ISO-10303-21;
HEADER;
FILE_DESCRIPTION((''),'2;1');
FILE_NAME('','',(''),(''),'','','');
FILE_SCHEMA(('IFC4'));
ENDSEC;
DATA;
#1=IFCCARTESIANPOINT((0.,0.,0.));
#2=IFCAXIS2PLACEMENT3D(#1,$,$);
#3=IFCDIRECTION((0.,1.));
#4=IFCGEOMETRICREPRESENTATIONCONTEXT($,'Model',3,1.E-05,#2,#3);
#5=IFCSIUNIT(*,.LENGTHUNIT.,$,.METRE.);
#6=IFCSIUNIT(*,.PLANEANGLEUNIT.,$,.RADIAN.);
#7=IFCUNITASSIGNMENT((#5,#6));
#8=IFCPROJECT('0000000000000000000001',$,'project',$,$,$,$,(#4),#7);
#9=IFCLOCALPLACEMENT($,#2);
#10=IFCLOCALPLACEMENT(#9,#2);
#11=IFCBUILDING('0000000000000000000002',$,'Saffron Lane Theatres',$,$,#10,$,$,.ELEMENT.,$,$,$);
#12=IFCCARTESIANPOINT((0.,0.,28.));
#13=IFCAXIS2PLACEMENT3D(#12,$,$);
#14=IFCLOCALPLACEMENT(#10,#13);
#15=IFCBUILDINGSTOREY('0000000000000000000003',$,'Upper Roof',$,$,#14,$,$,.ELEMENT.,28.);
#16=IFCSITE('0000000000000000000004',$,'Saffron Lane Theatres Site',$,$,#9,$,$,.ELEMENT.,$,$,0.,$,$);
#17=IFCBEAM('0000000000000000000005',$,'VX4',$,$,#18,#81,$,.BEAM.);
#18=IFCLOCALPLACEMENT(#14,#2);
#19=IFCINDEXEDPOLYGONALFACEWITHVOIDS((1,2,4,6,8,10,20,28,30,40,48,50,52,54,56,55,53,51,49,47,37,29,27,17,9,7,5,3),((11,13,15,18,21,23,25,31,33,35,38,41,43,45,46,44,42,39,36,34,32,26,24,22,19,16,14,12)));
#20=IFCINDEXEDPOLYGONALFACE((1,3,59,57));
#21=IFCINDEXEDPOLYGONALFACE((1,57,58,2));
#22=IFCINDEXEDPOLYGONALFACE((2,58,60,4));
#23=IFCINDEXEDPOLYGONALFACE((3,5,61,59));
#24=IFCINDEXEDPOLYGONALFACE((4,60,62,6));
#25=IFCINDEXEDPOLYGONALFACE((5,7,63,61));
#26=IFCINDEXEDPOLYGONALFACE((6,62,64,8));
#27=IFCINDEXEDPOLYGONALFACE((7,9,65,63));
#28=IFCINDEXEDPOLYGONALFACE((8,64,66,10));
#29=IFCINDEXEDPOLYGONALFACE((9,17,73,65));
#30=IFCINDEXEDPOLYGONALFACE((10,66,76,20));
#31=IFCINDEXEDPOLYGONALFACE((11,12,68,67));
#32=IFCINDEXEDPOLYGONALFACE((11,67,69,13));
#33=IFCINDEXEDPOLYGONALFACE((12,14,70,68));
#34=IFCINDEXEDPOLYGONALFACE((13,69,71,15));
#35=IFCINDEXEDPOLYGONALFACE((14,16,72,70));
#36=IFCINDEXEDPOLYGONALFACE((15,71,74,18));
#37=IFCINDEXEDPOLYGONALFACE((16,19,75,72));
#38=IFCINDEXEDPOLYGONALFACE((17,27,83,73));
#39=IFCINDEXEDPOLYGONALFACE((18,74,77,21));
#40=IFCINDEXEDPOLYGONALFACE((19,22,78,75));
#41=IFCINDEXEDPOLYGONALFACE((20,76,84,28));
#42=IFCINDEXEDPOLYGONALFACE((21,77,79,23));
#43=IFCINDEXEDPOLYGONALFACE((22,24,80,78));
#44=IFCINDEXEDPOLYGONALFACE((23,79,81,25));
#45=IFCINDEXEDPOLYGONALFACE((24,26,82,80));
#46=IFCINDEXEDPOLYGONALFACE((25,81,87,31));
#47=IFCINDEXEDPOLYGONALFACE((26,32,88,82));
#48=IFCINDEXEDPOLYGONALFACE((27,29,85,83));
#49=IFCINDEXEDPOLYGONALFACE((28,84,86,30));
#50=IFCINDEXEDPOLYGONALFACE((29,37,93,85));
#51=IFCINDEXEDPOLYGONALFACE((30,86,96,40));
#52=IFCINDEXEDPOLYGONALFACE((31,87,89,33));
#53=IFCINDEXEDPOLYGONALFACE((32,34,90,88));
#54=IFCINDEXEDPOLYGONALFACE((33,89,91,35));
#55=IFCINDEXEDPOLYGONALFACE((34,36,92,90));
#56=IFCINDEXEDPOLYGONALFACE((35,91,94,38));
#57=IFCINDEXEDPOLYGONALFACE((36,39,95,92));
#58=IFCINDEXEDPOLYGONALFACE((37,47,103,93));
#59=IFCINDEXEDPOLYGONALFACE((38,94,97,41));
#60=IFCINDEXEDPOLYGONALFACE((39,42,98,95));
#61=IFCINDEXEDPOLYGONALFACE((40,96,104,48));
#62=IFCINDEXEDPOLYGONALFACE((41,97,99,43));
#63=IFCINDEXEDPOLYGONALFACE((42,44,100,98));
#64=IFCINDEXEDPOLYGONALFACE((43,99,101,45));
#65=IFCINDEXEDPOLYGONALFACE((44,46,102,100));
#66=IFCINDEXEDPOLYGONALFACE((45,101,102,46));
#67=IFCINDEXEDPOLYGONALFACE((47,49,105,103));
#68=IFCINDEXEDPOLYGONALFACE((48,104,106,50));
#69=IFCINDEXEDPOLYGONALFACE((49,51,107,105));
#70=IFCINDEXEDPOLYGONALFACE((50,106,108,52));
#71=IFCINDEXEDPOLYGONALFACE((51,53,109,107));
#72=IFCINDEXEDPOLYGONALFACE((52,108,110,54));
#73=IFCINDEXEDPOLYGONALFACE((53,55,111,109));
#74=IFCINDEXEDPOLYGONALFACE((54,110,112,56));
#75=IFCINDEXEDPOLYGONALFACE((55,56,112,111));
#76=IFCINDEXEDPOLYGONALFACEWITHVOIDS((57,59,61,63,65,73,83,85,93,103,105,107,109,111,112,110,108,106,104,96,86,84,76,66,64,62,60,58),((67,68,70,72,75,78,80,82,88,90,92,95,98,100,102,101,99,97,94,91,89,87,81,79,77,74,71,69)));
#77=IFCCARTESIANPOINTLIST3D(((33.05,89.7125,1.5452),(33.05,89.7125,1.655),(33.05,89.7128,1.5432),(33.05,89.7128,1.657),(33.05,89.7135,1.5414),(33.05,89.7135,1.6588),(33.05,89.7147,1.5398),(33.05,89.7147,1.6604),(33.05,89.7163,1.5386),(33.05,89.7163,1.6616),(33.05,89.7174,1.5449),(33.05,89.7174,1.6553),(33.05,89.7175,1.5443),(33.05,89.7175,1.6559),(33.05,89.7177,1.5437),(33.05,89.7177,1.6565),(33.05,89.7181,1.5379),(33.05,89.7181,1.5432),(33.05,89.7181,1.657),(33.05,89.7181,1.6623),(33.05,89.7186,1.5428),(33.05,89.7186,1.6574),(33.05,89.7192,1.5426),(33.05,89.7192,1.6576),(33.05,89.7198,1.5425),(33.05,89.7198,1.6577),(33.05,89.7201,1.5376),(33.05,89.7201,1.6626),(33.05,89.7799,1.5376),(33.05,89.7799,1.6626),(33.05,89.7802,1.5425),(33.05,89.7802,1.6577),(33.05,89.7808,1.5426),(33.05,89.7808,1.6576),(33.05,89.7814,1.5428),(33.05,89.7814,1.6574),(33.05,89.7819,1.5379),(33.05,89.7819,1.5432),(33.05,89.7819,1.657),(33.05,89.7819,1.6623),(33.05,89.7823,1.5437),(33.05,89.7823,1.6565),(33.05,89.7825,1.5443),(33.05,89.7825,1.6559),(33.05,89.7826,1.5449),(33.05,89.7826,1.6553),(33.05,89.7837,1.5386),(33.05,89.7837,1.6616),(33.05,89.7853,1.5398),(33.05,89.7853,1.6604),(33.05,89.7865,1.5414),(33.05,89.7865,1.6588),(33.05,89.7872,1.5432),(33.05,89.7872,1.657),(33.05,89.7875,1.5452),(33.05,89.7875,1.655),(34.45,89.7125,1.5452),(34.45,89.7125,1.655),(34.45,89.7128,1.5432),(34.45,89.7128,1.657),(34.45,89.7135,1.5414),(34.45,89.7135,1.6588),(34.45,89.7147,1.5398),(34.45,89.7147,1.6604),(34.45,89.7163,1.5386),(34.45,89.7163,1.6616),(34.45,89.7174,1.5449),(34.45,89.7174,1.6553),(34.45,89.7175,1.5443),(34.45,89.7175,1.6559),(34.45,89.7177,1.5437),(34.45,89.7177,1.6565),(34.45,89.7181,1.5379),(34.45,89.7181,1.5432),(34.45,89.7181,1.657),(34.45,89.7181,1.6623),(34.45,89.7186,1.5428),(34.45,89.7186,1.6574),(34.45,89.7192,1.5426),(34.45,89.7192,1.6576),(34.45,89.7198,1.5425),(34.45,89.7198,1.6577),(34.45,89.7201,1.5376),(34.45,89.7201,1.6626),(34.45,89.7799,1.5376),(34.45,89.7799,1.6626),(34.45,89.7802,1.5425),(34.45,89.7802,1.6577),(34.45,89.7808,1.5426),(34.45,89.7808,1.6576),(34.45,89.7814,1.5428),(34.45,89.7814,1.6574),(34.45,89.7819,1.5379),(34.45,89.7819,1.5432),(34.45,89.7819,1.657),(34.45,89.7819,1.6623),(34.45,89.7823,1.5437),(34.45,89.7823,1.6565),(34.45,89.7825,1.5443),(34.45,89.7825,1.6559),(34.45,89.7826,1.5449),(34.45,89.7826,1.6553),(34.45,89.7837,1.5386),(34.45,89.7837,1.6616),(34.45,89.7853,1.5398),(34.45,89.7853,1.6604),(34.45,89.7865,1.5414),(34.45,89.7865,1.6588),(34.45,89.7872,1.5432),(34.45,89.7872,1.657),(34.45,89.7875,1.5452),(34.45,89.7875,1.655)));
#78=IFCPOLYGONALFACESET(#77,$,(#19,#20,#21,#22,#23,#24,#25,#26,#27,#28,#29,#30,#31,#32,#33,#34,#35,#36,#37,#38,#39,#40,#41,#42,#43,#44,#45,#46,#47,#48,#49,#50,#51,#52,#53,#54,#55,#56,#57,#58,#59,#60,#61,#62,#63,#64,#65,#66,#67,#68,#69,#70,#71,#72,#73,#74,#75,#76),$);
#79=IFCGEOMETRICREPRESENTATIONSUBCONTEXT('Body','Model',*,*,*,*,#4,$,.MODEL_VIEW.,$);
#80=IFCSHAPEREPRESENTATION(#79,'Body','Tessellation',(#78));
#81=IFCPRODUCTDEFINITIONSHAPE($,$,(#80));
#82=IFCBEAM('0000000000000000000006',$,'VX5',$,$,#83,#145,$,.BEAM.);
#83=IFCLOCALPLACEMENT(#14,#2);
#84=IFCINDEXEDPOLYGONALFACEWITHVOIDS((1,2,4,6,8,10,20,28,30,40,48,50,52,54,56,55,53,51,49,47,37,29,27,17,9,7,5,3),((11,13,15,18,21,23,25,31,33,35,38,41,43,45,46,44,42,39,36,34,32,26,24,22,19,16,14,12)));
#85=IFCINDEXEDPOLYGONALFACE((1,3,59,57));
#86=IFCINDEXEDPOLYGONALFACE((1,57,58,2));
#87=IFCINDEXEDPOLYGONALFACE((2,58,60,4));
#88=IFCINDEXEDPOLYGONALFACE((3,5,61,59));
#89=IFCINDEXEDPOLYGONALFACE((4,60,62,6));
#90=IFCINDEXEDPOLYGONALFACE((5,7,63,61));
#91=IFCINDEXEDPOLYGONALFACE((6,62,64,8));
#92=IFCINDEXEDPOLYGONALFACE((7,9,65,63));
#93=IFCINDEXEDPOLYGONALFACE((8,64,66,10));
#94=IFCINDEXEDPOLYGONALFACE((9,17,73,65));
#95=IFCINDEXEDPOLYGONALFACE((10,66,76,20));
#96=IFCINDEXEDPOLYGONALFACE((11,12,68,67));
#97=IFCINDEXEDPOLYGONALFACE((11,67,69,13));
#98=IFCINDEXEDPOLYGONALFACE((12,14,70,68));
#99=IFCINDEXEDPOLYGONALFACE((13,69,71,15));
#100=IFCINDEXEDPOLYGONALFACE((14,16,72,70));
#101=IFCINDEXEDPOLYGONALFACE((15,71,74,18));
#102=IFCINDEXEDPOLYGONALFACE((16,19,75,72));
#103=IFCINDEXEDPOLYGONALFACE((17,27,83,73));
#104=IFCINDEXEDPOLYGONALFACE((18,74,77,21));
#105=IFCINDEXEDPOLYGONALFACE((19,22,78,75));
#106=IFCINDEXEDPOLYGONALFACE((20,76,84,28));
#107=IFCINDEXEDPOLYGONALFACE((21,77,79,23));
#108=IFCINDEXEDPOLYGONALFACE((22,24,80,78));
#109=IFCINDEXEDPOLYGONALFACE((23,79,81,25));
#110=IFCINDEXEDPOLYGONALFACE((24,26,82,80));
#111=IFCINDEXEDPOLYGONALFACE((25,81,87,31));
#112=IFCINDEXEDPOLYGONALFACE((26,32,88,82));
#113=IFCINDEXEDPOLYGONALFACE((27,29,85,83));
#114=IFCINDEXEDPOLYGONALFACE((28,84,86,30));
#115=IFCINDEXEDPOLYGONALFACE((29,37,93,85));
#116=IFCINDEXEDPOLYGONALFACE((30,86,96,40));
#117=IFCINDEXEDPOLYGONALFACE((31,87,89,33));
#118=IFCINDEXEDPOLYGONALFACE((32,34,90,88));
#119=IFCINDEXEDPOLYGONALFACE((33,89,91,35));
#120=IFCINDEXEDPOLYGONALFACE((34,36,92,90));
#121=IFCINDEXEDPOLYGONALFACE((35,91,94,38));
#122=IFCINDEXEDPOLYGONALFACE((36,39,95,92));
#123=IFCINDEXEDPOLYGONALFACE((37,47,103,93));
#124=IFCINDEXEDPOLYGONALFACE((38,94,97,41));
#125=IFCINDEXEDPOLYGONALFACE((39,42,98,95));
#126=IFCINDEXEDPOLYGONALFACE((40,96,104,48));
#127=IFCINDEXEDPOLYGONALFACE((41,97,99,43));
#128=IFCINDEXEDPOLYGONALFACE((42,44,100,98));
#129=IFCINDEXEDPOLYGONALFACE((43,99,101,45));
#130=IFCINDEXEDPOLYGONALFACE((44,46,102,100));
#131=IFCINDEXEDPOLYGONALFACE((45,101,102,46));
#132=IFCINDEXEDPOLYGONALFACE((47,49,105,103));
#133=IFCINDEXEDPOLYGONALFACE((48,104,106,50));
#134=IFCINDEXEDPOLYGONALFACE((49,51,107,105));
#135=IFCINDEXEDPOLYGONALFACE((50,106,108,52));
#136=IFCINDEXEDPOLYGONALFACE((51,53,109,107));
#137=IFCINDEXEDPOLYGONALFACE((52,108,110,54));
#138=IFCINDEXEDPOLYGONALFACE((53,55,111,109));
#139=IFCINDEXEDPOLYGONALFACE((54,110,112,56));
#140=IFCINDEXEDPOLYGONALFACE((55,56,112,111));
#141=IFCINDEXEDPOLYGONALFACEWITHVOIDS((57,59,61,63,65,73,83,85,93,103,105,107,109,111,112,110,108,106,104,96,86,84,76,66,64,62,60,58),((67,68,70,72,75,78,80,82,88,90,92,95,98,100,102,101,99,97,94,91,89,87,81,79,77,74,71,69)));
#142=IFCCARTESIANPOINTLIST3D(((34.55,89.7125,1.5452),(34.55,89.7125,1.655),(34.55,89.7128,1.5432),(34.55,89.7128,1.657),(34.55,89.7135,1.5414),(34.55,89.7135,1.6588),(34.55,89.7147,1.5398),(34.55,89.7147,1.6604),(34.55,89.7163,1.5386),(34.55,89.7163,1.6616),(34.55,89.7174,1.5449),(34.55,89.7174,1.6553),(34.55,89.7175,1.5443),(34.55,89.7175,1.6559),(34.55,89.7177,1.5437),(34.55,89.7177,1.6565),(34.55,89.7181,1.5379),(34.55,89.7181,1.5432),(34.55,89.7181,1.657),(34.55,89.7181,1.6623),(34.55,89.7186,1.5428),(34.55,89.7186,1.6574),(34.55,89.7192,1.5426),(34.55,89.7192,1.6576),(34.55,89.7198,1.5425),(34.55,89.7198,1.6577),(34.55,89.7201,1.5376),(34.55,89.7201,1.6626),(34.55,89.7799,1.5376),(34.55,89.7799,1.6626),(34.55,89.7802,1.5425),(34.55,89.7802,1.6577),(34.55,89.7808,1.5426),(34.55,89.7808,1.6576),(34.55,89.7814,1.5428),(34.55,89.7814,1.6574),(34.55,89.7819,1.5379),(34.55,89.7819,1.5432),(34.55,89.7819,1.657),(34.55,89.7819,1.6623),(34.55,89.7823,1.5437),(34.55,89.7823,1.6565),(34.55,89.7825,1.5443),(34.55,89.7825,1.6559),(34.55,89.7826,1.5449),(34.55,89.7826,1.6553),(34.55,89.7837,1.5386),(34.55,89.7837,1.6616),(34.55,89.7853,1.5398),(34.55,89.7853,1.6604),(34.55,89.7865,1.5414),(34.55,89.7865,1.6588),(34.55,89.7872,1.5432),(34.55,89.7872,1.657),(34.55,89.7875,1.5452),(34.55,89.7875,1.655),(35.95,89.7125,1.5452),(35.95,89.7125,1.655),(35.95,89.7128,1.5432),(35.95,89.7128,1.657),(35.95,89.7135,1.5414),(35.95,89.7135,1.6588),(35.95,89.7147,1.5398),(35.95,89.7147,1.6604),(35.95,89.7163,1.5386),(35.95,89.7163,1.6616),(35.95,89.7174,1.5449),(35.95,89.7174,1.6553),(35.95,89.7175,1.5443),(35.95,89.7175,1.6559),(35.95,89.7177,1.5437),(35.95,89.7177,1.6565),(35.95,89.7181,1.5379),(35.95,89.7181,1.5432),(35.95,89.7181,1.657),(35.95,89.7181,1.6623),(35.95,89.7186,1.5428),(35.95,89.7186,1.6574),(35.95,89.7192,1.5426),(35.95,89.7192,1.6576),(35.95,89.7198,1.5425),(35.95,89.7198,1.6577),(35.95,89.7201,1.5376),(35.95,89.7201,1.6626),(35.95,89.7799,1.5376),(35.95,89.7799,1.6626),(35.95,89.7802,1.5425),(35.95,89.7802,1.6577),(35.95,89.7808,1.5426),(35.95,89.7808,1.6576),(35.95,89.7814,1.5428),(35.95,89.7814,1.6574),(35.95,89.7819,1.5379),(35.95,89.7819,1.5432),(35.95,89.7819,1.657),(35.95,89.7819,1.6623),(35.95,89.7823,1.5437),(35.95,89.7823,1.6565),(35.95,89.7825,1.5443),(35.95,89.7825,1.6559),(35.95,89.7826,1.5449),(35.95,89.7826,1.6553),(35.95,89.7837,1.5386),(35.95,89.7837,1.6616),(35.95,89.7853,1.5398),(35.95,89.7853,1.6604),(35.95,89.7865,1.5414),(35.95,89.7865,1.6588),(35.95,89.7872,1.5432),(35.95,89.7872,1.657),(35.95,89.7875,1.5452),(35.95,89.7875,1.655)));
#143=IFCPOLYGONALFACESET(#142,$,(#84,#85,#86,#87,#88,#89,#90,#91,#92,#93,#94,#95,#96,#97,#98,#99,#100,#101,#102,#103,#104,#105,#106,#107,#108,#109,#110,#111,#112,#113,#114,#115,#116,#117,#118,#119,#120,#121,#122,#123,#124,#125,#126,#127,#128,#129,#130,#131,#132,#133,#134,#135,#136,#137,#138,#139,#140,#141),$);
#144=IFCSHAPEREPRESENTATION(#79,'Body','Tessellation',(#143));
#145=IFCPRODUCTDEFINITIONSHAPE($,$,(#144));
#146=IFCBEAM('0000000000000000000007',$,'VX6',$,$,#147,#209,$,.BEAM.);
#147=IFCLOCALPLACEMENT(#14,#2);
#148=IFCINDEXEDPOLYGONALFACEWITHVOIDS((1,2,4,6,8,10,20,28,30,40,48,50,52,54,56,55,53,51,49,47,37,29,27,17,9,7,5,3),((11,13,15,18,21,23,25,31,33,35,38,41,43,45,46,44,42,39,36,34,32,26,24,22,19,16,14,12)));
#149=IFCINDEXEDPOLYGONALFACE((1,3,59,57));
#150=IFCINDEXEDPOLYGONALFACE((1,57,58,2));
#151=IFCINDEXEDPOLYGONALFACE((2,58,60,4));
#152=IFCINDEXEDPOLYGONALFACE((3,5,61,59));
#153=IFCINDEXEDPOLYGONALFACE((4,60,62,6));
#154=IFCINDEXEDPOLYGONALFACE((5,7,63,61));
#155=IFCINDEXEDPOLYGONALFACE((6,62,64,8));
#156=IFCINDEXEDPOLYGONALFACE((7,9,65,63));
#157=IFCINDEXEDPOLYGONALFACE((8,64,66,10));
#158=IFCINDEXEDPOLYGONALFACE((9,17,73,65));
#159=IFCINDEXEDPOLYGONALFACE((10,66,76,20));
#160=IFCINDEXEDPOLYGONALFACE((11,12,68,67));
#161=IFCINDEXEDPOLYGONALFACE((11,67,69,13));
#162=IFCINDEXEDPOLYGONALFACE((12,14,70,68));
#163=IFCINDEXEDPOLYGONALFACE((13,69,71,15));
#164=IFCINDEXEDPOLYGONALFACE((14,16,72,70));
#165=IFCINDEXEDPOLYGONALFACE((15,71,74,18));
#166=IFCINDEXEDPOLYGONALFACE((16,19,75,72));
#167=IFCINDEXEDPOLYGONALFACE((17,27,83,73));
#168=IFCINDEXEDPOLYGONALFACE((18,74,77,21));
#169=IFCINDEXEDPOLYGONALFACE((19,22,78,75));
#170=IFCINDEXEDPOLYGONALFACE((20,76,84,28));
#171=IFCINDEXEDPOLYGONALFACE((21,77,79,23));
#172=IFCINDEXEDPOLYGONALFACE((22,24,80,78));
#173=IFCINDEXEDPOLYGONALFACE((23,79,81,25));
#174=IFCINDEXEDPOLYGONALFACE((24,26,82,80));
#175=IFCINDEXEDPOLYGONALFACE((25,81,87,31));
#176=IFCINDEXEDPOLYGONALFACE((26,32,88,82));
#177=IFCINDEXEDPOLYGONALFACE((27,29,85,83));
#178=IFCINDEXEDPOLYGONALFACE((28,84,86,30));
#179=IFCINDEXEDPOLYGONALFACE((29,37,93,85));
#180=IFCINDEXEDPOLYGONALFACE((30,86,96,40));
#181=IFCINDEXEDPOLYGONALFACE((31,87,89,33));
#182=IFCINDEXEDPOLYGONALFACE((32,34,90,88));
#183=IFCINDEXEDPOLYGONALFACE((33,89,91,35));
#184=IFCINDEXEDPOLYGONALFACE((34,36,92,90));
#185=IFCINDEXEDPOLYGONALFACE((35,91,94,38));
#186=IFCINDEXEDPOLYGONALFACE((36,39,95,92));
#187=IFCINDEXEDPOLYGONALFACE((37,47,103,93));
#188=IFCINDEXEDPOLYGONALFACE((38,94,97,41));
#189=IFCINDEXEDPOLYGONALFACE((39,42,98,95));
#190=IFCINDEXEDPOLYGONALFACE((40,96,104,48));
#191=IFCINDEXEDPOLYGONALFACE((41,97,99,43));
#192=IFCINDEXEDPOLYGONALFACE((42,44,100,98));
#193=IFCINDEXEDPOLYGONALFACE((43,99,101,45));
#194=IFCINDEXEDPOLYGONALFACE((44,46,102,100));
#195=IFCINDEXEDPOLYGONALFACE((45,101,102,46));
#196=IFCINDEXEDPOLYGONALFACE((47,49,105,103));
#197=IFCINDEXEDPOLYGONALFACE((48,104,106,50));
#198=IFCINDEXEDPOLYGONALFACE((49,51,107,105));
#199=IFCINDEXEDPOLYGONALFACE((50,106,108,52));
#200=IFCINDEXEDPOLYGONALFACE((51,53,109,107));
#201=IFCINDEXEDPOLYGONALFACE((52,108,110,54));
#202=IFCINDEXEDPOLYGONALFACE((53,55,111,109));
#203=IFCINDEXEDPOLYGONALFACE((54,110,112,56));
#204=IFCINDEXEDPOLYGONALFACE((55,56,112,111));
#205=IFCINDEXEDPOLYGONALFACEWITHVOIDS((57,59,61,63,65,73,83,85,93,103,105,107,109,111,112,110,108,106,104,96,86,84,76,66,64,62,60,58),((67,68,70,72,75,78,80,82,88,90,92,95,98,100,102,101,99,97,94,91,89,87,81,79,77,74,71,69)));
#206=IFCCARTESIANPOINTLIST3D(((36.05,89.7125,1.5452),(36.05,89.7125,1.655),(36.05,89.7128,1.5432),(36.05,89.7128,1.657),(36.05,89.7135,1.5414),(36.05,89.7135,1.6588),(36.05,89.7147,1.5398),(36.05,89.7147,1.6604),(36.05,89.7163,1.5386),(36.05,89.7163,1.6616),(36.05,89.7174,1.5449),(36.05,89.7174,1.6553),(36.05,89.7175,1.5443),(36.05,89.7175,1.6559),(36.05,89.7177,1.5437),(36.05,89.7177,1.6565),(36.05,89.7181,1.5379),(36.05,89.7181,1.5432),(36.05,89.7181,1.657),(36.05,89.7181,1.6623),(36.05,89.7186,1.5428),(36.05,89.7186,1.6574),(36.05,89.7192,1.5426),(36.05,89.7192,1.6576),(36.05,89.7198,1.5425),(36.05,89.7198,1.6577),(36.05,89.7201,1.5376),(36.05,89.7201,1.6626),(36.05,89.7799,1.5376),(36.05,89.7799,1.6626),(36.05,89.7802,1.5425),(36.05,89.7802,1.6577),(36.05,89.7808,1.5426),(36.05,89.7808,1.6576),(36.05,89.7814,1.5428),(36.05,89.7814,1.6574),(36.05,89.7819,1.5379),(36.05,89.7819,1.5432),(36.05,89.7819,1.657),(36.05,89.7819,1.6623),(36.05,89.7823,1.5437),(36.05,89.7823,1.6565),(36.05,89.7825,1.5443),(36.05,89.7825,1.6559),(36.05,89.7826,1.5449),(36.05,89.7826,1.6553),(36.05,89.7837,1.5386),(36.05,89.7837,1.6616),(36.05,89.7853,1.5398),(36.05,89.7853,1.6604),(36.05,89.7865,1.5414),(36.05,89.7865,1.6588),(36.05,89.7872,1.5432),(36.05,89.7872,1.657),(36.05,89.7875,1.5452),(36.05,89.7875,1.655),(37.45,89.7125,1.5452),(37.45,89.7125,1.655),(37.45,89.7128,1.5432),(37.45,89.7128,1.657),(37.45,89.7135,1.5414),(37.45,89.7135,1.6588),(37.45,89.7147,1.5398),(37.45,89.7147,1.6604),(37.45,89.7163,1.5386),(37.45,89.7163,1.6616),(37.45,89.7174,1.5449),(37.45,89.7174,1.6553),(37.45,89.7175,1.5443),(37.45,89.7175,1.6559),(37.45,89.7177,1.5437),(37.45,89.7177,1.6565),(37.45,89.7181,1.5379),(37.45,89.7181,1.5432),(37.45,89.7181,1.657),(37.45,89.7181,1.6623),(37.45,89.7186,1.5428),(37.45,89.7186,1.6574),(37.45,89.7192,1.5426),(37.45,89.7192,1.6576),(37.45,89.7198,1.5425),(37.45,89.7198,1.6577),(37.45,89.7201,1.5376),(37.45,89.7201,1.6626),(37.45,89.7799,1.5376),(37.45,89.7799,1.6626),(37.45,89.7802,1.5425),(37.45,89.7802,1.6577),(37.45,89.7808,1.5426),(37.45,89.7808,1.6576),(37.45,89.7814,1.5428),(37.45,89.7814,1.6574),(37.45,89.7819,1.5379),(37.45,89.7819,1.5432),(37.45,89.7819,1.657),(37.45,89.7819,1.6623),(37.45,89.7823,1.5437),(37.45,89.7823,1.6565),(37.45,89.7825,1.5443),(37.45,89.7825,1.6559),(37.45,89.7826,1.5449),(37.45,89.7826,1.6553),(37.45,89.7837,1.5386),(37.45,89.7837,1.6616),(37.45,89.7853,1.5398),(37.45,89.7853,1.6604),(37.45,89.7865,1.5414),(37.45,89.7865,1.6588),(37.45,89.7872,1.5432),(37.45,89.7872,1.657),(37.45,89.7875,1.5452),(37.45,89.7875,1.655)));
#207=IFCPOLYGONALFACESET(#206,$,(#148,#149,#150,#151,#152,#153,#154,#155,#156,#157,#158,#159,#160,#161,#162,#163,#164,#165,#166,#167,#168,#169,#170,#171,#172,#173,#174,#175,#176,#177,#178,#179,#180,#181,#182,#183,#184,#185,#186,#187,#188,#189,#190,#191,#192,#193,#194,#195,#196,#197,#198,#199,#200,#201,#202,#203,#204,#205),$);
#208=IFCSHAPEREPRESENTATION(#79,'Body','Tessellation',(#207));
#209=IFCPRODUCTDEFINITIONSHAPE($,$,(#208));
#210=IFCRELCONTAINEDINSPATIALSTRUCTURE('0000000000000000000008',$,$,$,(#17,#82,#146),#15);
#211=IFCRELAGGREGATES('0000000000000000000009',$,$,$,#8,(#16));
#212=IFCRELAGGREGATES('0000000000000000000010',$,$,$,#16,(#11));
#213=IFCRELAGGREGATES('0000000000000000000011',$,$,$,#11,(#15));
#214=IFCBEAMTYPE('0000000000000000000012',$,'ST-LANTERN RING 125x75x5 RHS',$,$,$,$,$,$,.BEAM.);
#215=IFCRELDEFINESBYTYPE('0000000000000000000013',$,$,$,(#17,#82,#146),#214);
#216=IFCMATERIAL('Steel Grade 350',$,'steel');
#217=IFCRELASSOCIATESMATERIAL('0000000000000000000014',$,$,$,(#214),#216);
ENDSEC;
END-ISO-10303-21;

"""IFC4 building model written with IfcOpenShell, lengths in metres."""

from ifc_helpers import new_model, si_unit, direction, frame, origin, origin_2d, place, context, subcontext, project, spatial, hollow_rectangle, extrude, material, material_profile, profile_set, type_object, element, save


model = new_model("IFC4")

# Units and contexts
model_context = context("Model", 3, precision=1e-05, world=origin(), true_north=direction((0.0, 1.0)))
body_context = subcontext(model_context, "Body", "Model", "MODEL_VIEW")
ifc_project = project(units=[si_unit("LENGTHUNIT", "METRE"), si_unit("PLANEANGLEUNIT", "RADIAN")], contexts=[model_context])

# Site, building, storey
site_placement = place(None, origin())
site = spatial("IfcSite", under=ifc_project, at=site_placement, Name="Saffron Lane Theatres Site", CompositionType="ELEMENT", RefElevation=0.0)
building_placement = place(site_placement, origin())
building = spatial("IfcBuilding", under=site, at=building_placement, Name="Saffron Lane Theatres", CompositionType="ELEMENT")
storey_placement = place(building_placement, frame((0.0, 0.0, 28.0)))
storey = spatial("IfcBuildingStorey", under=building, at=storey_placement, Name="Upper Roof", CompositionType="ELEMENT", Elevation=28.0)

# Beams
ifc_material_1 = material(Name="Steel Grade 350", Category="steel")
ifc_material_profile_1 = material_profile(ifc_material_1, hollow_rectangle(XDim=0.075, YDim=0.125, WallThickness=0.0049, InnerFilletRadius=0.0024, OuterFilletRadius=0.0076, at=origin_2d()))
ifc_profile_set_1 = profile_set([ifc_material_profile_1], Name="Steel Grade 350")
beam_type_1 = type_object("IfcBeamType", Name="ST-LANTERN RING 125x75x5 RHS", PredefinedType="BEAM", material=ifc_profile_set_1)
for number, where, z_axis, x_axis, name in (
    (1, (33.05, 89.75, 1.6001), (1.0, 0.0, 0.0), (0.0, 1.0, 0.0), "VX4"),
    (2, (34.55, 89.75, 1.6001), (1.0, 0.0, 0.0), (0.0, 1.0, 0.0), "VX5"),
    (3, (36.05, 89.75, 1.6001), (1.0, 0.0, 0.0), (0.0, 1.0, 0.0), "VX6"),
):
    element("IfcBeam", number, at=place(storey_placement, frame(where, z_axis=z_axis, x_axis=x_axis)), inside=storey, type_object=beam_type_1, Name=name, PredefinedType="BEAM", context=body_context, shape_type="SweptSolid", body=[
        extrude(hollow_rectangle(XDim=0.075, YDim=0.125, WallThickness=0.0049, InnerFilletRadius=0.0024, OuterFilletRadius=0.0076, at=origin_2d()), origin(), (0.0, 0.0, 1.0), 1.3999),
    ])

save(model, "model.ifc")
